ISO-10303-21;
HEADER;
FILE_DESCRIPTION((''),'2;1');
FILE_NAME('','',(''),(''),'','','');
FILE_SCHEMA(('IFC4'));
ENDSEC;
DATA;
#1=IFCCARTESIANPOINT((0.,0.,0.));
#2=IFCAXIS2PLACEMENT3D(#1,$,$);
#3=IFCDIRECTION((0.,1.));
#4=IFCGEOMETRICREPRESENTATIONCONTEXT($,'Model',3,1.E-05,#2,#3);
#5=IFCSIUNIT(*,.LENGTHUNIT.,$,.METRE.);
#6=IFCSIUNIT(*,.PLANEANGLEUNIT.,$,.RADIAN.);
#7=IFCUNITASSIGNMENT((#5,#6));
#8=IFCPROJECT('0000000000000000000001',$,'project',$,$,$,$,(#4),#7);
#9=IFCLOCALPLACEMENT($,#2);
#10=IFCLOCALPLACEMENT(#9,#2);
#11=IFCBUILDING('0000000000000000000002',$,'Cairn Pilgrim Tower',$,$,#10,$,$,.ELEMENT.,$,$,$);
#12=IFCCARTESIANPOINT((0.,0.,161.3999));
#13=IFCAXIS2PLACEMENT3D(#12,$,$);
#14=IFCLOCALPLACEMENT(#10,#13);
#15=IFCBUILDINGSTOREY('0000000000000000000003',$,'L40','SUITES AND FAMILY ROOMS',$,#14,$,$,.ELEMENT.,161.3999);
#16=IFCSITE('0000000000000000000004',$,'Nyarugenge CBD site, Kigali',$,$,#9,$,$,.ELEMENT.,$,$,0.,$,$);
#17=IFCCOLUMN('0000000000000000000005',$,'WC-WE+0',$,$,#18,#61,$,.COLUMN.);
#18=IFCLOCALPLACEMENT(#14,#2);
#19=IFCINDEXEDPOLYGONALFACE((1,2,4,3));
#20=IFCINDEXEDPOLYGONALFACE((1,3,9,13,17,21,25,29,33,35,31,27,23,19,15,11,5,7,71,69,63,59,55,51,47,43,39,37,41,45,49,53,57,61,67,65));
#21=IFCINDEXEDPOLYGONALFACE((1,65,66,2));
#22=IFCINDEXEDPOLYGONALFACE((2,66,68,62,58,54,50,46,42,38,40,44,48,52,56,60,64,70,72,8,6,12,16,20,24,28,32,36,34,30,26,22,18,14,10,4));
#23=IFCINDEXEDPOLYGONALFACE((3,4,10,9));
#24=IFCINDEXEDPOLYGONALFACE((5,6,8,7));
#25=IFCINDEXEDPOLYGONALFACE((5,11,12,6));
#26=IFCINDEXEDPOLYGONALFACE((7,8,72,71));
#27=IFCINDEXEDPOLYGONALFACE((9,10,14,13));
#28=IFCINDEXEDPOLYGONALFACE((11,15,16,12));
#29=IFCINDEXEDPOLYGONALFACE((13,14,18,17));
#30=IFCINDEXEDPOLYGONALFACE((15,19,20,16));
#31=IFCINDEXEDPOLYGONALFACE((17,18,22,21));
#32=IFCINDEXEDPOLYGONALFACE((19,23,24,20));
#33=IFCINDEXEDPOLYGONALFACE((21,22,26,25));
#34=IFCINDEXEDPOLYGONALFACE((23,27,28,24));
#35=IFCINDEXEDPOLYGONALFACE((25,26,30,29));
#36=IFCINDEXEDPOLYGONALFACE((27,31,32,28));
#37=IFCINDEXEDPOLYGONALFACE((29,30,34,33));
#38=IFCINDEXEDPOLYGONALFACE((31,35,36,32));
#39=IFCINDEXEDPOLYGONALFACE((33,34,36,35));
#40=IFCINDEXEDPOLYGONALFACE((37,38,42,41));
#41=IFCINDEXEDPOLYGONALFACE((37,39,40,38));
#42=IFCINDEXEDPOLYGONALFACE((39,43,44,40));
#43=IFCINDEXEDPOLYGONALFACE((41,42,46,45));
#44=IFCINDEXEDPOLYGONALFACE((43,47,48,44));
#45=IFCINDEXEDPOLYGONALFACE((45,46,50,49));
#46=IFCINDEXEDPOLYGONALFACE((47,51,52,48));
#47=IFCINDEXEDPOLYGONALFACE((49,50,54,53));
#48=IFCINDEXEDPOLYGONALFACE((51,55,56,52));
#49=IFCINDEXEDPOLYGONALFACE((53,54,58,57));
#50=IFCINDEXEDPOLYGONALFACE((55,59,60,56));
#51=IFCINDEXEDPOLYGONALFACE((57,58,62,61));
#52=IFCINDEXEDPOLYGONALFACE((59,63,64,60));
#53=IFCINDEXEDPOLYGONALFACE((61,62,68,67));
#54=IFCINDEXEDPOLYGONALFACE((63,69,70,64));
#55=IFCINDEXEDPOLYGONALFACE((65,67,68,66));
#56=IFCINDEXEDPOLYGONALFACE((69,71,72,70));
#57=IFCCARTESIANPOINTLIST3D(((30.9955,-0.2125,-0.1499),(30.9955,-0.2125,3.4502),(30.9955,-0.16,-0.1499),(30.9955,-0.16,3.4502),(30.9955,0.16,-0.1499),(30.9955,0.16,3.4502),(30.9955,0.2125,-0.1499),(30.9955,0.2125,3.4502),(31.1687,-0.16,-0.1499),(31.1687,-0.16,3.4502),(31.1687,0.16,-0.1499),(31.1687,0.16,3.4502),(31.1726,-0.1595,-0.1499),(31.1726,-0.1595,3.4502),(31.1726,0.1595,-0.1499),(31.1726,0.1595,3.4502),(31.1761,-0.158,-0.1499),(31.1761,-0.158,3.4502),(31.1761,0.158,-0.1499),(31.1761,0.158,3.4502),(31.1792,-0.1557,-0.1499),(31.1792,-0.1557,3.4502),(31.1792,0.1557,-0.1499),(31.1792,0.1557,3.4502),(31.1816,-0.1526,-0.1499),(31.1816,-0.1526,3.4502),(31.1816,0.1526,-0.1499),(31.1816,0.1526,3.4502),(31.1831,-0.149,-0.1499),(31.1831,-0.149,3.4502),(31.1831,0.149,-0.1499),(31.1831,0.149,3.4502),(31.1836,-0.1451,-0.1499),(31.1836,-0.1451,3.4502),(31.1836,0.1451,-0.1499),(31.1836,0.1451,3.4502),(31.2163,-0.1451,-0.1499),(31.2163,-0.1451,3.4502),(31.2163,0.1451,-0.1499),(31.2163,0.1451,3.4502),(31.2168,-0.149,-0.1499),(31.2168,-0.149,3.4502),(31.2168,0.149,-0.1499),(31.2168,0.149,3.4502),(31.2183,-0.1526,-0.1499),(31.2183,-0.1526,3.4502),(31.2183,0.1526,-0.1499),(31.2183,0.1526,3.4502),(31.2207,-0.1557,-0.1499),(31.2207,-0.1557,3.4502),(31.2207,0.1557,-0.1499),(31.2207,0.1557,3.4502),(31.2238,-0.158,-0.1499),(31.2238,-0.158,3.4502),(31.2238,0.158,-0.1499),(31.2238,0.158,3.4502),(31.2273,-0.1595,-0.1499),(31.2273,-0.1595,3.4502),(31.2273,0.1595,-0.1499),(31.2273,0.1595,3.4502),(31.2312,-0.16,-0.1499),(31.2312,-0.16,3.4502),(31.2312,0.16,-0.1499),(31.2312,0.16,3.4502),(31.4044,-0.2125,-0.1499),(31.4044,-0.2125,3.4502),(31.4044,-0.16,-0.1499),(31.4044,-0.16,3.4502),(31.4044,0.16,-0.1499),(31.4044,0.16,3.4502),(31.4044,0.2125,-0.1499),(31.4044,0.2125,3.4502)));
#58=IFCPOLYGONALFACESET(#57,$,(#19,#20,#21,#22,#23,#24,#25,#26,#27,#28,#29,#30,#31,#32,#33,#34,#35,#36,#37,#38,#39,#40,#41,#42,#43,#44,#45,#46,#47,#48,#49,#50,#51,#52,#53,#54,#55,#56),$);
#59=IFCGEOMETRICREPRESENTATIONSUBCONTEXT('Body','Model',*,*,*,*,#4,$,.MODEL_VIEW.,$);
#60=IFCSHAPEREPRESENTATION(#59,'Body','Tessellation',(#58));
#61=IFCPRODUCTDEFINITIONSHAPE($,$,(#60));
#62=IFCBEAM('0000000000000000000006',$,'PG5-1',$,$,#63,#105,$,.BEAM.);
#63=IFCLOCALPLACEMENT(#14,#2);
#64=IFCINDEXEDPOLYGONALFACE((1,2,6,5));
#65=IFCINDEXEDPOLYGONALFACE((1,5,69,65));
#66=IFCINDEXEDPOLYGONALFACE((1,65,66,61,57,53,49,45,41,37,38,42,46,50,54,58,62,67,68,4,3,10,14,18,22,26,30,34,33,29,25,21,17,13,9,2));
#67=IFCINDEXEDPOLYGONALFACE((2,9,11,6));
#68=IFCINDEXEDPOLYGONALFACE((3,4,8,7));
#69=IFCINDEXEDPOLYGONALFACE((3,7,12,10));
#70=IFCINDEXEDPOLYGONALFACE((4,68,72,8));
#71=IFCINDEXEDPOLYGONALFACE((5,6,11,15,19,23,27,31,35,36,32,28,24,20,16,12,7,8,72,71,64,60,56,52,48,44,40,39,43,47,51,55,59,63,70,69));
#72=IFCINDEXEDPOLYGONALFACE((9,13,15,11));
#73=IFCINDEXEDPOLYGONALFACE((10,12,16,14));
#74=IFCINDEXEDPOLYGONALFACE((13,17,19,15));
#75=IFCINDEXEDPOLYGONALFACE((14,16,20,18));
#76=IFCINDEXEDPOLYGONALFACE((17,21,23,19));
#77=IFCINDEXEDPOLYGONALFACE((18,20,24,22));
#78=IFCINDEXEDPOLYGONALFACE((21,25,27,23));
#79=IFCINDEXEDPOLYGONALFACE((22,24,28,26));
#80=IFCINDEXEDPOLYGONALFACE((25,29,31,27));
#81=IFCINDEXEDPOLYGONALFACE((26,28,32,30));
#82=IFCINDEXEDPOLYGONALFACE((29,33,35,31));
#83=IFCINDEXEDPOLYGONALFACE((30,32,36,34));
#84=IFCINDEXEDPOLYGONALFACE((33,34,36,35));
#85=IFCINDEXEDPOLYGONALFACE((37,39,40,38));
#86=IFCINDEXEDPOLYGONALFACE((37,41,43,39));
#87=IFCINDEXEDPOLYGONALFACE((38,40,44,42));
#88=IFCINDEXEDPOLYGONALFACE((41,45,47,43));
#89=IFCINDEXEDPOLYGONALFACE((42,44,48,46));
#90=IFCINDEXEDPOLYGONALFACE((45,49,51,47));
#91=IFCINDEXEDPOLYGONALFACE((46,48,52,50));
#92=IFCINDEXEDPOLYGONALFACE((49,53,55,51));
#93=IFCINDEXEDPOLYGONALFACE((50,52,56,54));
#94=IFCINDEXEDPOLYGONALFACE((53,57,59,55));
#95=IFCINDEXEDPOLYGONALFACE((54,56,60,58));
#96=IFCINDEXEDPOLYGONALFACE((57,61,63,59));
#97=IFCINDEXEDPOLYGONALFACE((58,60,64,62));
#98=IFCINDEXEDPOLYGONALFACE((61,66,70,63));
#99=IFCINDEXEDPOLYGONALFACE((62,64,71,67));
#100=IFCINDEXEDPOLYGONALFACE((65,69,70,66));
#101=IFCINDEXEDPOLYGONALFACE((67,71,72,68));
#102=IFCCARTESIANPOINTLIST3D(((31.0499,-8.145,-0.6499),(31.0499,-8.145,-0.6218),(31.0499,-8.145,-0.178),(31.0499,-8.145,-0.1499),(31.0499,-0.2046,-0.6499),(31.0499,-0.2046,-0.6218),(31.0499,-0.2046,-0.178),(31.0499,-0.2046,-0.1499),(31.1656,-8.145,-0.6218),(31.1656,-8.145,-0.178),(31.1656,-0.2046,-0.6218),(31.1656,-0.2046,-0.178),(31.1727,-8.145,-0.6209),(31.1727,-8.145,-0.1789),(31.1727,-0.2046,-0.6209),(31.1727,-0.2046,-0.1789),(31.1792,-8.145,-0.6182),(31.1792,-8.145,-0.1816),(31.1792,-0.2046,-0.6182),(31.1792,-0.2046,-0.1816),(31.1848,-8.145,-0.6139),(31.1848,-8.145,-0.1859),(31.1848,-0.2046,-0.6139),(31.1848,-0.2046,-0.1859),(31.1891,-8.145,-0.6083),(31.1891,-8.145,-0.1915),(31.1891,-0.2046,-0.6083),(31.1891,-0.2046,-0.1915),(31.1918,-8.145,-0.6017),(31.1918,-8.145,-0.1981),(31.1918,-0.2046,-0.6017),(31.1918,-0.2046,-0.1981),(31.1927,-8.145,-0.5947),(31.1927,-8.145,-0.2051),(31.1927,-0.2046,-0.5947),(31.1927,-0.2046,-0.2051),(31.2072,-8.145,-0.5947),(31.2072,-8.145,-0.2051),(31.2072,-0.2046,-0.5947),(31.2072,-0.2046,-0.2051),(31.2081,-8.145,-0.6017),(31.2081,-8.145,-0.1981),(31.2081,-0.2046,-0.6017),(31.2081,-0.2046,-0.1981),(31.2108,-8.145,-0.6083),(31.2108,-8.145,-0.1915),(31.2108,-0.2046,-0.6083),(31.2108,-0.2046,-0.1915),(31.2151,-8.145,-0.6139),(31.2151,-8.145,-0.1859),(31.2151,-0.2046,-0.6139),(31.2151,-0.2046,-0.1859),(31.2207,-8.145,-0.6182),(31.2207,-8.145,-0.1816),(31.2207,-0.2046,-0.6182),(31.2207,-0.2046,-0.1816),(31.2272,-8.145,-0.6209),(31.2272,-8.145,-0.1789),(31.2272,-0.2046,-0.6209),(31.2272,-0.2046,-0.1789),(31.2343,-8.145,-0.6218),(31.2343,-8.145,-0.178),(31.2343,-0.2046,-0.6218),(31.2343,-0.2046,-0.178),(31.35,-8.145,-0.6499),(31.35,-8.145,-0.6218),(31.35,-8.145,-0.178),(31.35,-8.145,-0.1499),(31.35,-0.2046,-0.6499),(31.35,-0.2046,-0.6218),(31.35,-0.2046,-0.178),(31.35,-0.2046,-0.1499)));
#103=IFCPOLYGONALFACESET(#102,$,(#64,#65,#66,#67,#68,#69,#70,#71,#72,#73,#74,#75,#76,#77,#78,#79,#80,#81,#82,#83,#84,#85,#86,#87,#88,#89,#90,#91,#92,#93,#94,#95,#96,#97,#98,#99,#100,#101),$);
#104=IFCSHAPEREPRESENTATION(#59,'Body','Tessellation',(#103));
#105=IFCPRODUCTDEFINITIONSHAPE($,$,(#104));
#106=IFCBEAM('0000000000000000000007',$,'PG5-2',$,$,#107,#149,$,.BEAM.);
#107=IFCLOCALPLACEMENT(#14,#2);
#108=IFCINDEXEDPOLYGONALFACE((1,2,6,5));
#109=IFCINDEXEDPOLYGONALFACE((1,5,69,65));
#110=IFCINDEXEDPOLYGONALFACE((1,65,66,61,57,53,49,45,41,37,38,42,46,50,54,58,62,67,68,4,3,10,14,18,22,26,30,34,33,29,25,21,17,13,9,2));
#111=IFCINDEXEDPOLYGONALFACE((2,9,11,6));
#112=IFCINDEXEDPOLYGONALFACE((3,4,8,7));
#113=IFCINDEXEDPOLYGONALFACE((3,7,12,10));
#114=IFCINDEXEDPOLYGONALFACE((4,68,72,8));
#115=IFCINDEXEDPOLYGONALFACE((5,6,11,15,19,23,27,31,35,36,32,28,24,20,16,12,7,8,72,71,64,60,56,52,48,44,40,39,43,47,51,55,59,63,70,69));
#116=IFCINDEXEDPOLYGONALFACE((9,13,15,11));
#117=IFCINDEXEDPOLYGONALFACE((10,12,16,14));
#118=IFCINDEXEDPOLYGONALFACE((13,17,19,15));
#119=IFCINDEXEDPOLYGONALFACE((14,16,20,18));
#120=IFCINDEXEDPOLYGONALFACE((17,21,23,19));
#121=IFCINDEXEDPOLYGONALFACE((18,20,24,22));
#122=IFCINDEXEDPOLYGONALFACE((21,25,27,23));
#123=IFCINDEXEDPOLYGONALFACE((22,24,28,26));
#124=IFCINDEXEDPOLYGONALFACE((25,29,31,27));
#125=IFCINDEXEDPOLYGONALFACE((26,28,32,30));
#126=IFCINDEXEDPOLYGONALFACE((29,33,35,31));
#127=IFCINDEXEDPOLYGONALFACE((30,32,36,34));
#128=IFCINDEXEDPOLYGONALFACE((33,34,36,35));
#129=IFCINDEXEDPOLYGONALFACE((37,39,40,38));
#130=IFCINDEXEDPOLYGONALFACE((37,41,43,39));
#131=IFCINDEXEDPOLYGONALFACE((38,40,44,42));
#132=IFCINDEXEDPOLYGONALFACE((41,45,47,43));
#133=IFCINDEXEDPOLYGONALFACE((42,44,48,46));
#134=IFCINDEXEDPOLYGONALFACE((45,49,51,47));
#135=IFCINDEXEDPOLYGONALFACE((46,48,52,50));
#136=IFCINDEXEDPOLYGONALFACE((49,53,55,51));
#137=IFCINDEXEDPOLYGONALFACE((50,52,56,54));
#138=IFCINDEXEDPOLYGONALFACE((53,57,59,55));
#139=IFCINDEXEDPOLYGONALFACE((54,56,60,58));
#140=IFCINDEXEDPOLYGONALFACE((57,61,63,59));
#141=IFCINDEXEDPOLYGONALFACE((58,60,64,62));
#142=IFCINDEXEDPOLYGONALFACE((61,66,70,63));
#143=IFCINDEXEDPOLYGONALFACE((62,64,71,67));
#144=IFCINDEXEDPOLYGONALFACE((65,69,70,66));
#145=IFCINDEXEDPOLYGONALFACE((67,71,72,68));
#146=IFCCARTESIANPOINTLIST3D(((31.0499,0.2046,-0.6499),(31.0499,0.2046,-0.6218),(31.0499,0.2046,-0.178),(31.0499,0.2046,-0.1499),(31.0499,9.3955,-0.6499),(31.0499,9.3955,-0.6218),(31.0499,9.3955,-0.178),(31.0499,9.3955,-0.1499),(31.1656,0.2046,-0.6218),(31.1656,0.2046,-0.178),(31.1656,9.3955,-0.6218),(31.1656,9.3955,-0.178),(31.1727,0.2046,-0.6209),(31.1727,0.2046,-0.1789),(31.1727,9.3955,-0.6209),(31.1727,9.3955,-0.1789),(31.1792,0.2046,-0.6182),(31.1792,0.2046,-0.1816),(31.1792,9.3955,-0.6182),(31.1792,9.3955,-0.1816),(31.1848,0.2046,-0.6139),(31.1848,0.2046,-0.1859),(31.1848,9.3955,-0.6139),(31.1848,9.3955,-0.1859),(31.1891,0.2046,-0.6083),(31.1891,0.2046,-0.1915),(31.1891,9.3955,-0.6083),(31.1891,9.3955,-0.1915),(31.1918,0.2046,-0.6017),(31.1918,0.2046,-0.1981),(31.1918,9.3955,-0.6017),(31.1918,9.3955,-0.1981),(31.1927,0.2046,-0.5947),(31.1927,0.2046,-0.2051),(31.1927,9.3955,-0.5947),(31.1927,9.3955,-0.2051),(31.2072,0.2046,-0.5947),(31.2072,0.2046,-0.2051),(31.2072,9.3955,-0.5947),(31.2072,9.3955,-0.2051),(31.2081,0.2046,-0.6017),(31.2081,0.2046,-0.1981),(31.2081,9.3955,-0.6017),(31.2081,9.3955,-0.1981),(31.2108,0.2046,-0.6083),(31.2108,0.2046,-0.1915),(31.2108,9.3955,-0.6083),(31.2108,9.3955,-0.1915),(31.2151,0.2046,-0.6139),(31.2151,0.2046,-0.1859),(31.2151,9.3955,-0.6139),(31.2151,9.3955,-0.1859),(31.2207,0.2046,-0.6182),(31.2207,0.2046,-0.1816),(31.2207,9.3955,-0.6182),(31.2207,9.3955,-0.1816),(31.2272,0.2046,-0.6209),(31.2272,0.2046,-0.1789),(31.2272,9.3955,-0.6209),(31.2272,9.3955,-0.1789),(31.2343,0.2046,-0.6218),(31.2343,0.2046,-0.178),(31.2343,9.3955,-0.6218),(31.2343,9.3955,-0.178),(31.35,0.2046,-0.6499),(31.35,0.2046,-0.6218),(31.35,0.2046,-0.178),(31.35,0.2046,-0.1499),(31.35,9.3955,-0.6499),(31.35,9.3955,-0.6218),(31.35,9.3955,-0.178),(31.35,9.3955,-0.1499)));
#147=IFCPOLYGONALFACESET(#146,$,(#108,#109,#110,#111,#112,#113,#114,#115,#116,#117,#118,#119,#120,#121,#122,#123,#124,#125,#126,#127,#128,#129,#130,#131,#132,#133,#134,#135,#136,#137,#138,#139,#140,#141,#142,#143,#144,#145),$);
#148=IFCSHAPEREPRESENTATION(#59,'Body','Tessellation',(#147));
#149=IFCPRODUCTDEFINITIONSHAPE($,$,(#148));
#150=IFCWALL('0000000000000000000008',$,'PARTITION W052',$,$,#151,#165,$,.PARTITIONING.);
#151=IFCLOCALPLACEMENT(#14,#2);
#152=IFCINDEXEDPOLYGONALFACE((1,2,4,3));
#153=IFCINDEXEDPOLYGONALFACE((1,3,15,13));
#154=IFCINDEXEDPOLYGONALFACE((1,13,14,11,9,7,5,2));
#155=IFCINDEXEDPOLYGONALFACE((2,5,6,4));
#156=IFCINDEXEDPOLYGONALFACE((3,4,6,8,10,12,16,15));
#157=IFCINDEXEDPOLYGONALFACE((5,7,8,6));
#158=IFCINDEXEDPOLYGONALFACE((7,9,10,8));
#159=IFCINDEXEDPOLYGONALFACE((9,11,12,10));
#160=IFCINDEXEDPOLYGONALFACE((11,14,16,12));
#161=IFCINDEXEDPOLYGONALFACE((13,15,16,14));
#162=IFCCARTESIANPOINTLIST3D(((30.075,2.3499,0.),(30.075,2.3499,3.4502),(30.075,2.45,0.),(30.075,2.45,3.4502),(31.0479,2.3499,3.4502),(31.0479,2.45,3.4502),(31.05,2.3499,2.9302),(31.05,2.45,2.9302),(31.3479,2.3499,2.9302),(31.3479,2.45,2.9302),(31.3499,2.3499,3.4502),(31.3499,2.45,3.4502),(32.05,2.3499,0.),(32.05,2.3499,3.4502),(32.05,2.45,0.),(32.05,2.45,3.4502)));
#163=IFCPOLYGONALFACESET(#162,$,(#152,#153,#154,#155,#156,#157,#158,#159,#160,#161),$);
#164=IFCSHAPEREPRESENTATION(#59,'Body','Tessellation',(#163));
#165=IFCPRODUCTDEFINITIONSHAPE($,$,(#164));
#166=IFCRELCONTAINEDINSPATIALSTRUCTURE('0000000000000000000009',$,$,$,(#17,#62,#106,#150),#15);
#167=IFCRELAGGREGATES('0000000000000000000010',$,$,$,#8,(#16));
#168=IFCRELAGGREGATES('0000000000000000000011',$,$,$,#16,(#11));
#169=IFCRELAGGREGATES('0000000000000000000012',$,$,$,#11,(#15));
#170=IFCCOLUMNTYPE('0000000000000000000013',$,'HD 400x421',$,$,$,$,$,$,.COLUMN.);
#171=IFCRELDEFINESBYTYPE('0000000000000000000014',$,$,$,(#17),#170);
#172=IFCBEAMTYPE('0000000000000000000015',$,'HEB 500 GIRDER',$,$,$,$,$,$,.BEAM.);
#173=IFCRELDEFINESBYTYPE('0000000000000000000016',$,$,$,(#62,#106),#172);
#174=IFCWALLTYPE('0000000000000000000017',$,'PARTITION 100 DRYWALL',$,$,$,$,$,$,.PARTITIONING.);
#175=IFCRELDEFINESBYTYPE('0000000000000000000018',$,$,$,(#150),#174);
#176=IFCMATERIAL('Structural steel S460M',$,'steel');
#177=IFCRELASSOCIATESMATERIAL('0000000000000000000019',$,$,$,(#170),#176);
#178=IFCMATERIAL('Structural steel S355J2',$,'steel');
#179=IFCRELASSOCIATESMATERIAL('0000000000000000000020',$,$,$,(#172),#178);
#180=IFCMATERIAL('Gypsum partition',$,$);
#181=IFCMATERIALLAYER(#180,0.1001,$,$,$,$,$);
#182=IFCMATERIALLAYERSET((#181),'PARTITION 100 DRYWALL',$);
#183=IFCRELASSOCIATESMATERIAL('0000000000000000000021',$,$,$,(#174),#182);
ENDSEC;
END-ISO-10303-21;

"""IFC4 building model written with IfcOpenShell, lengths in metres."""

from ifc_helpers import new_model, si_unit, direction, frame, origin, origin_2d, place, context, subcontext, project, spatial, polyline, i_section, outline, extrude, material, layer, layer_set, material_profile, profile_set, type_object, element, save


model = new_model("IFC4")

# Units and contexts
model_context = context("Model", 3, precision=1e-05, world=origin(), true_north=direction((0.0, 1.0)))
body_context = subcontext(model_context, "Body", "Model", "MODEL_VIEW")
ifc_project = project(units=[si_unit("LENGTHUNIT", "METRE"), si_unit("PLANEANGLEUNIT", "RADIAN")], contexts=[model_context])

# Site, building, storey
site_placement = place(None, origin())
site = spatial("IfcSite", under=ifc_project, at=site_placement, Name="Nyarugenge CBD site, Kigali", CompositionType="ELEMENT", RefElevation=0.0)
building_placement = place(site_placement, origin())
building = spatial("IfcBuilding", under=site, at=building_placement, Name="Cairn Pilgrim Tower", CompositionType="ELEMENT")
storey_placement = place(building_placement, frame((0.0, 0.0, 161.3999)))
storey = spatial("IfcBuildingStorey", under=building, at=storey_placement, Name="L40", Description="SUITES AND FAMILY ROOMS", CompositionType="ELEMENT", Elevation=161.3999)

# Column
ifc_material_1 = material(Name="Structural steel S460M", Category="steel")
ifc_material_profile_1 = material_profile(ifc_material_1, i_section(OverallWidth=0.4089, OverallDepth=0.425, WebThickness=0.0327, FlangeThickness=0.0525, FilletRadius=0.0149, at=origin_2d()), Name="HD 400x421")
ifc_profile_set_1 = profile_set([ifc_material_profile_1], Name="Structural steel S460M")
column_type = type_object("IfcColumnType", Name="HD 400x421", PredefinedType="COLUMN", material=ifc_profile_set_1)
column_placement = place(storey_placement, frame((31.2, 0.0, -0.1499), z_axis=(0.0, 0.0, 1.0), x_axis=(1.0, 0.0, 0.0)))
element("IfcColumn", 1, at=column_placement, inside=storey, type_object=column_type, Name="WC-WE+0", PredefinedType="COLUMN", context=body_context, shape_type="SweptSolid", body=[
    extrude(i_section(OverallWidth=0.4089, OverallDepth=0.425, WebThickness=0.0327, FlangeThickness=0.0525, FilletRadius=0.0149, at=origin_2d()), origin(), (0.0, 0.0, 1.0), 3.6001),
])

# Beams
ifc_material_2 = material(Name="Structural steel S355J2", Category="steel")
ifc_material_profile_2 = material_profile(ifc_material_2, i_section(OverallWidth=0.3, OverallDepth=0.5, WebThickness=0.0144, FlangeThickness=0.0281, FilletRadius=0.0271, at=origin_2d()), Name="HEB 500")
ifc_profile_set_2 = profile_set([ifc_material_profile_2], Name="Structural steel S355J2")
beam_type = type_object("IfcBeamType", Name="HEB 500 GIRDER", PredefinedType="BEAM", material=ifc_profile_set_2)
beam_1_placement = place(storey_placement, frame((31.2, -8.145, -0.3999), z_axis=(0.0, 1.0, 0.0), x_axis=(-1.0, 0.0, 0.0)))
element("IfcBeam", 2, at=beam_1_placement, inside=storey, type_object=beam_type, Name="PG5-1", PredefinedType="BEAM", context=body_context, shape_type="SweptSolid", body=[
    extrude(i_section(OverallWidth=0.3, OverallDepth=0.5, WebThickness=0.0144, FlangeThickness=0.0281, FilletRadius=0.0271, at=origin_2d()), origin(), (0.0, 0.0, 1.0), 7.9404),
])
beam_2_placement = place(storey_placement, frame((31.2, 0.2046, -0.3999), z_axis=(0.0, 1.0, 0.0), x_axis=(-1.0, 0.0, 0.0)))
element("IfcBeam", 3, at=beam_2_placement, inside=storey, type_object=beam_type, Name="PG5-2", PredefinedType="BEAM", context=body_context, shape_type="SweptSolid", body=[
    extrude(i_section(OverallWidth=0.3, OverallDepth=0.5, WebThickness=0.0144, FlangeThickness=0.0281, FilletRadius=0.0271, at=origin_2d()), origin(), (0.0, 0.0, 1.0), 9.1909),
])

# Wall
ifc_material_3 = material(Name="Gypsum partition")
ifc_layer_1 = layer(ifc_material_3, 0.1001)
ifc_layer_set_1 = layer_set([ifc_layer_1], Name="PARTITION 100 DRYWALL")
wall_type_1 = type_object("IfcWallType", Name="PARTITION 100 DRYWALL", PredefinedType="PARTITIONING", material=ifc_layer_set_1)
wall_1_placement = place(storey_placement, frame((30.075, 2.3999, 0.0), z_axis=(0.0, 0.0, 1.0), x_axis=(1.0, 0.0, 0.0)))
element("IfcWall", 4, at=wall_1_placement, inside=storey, type_object=wall_type_1, Name="PARTITION W052", PredefinedType="PARTITIONING", context=body_context, shape_type="SweptSolid", body=[
    extrude(outline(polyline([(0.0, 0.0), (1.9751, 0.0), (1.9751, 3.4502), (1.2749, 3.4502), (1.2729, 2.9302), (0.9751, 2.9302), (0.9729, 3.4502), (0.0, 3.4502), (0.0, 0.0)])), frame((0.0, 0.05, 0.0), z_axis=(0.0, -1.0, 0.0), x_axis=(1.0, 0.0, 0.0)), (0.0, 0.0, 1.0), 0.1001),
])

save(model, "model.ifc")
